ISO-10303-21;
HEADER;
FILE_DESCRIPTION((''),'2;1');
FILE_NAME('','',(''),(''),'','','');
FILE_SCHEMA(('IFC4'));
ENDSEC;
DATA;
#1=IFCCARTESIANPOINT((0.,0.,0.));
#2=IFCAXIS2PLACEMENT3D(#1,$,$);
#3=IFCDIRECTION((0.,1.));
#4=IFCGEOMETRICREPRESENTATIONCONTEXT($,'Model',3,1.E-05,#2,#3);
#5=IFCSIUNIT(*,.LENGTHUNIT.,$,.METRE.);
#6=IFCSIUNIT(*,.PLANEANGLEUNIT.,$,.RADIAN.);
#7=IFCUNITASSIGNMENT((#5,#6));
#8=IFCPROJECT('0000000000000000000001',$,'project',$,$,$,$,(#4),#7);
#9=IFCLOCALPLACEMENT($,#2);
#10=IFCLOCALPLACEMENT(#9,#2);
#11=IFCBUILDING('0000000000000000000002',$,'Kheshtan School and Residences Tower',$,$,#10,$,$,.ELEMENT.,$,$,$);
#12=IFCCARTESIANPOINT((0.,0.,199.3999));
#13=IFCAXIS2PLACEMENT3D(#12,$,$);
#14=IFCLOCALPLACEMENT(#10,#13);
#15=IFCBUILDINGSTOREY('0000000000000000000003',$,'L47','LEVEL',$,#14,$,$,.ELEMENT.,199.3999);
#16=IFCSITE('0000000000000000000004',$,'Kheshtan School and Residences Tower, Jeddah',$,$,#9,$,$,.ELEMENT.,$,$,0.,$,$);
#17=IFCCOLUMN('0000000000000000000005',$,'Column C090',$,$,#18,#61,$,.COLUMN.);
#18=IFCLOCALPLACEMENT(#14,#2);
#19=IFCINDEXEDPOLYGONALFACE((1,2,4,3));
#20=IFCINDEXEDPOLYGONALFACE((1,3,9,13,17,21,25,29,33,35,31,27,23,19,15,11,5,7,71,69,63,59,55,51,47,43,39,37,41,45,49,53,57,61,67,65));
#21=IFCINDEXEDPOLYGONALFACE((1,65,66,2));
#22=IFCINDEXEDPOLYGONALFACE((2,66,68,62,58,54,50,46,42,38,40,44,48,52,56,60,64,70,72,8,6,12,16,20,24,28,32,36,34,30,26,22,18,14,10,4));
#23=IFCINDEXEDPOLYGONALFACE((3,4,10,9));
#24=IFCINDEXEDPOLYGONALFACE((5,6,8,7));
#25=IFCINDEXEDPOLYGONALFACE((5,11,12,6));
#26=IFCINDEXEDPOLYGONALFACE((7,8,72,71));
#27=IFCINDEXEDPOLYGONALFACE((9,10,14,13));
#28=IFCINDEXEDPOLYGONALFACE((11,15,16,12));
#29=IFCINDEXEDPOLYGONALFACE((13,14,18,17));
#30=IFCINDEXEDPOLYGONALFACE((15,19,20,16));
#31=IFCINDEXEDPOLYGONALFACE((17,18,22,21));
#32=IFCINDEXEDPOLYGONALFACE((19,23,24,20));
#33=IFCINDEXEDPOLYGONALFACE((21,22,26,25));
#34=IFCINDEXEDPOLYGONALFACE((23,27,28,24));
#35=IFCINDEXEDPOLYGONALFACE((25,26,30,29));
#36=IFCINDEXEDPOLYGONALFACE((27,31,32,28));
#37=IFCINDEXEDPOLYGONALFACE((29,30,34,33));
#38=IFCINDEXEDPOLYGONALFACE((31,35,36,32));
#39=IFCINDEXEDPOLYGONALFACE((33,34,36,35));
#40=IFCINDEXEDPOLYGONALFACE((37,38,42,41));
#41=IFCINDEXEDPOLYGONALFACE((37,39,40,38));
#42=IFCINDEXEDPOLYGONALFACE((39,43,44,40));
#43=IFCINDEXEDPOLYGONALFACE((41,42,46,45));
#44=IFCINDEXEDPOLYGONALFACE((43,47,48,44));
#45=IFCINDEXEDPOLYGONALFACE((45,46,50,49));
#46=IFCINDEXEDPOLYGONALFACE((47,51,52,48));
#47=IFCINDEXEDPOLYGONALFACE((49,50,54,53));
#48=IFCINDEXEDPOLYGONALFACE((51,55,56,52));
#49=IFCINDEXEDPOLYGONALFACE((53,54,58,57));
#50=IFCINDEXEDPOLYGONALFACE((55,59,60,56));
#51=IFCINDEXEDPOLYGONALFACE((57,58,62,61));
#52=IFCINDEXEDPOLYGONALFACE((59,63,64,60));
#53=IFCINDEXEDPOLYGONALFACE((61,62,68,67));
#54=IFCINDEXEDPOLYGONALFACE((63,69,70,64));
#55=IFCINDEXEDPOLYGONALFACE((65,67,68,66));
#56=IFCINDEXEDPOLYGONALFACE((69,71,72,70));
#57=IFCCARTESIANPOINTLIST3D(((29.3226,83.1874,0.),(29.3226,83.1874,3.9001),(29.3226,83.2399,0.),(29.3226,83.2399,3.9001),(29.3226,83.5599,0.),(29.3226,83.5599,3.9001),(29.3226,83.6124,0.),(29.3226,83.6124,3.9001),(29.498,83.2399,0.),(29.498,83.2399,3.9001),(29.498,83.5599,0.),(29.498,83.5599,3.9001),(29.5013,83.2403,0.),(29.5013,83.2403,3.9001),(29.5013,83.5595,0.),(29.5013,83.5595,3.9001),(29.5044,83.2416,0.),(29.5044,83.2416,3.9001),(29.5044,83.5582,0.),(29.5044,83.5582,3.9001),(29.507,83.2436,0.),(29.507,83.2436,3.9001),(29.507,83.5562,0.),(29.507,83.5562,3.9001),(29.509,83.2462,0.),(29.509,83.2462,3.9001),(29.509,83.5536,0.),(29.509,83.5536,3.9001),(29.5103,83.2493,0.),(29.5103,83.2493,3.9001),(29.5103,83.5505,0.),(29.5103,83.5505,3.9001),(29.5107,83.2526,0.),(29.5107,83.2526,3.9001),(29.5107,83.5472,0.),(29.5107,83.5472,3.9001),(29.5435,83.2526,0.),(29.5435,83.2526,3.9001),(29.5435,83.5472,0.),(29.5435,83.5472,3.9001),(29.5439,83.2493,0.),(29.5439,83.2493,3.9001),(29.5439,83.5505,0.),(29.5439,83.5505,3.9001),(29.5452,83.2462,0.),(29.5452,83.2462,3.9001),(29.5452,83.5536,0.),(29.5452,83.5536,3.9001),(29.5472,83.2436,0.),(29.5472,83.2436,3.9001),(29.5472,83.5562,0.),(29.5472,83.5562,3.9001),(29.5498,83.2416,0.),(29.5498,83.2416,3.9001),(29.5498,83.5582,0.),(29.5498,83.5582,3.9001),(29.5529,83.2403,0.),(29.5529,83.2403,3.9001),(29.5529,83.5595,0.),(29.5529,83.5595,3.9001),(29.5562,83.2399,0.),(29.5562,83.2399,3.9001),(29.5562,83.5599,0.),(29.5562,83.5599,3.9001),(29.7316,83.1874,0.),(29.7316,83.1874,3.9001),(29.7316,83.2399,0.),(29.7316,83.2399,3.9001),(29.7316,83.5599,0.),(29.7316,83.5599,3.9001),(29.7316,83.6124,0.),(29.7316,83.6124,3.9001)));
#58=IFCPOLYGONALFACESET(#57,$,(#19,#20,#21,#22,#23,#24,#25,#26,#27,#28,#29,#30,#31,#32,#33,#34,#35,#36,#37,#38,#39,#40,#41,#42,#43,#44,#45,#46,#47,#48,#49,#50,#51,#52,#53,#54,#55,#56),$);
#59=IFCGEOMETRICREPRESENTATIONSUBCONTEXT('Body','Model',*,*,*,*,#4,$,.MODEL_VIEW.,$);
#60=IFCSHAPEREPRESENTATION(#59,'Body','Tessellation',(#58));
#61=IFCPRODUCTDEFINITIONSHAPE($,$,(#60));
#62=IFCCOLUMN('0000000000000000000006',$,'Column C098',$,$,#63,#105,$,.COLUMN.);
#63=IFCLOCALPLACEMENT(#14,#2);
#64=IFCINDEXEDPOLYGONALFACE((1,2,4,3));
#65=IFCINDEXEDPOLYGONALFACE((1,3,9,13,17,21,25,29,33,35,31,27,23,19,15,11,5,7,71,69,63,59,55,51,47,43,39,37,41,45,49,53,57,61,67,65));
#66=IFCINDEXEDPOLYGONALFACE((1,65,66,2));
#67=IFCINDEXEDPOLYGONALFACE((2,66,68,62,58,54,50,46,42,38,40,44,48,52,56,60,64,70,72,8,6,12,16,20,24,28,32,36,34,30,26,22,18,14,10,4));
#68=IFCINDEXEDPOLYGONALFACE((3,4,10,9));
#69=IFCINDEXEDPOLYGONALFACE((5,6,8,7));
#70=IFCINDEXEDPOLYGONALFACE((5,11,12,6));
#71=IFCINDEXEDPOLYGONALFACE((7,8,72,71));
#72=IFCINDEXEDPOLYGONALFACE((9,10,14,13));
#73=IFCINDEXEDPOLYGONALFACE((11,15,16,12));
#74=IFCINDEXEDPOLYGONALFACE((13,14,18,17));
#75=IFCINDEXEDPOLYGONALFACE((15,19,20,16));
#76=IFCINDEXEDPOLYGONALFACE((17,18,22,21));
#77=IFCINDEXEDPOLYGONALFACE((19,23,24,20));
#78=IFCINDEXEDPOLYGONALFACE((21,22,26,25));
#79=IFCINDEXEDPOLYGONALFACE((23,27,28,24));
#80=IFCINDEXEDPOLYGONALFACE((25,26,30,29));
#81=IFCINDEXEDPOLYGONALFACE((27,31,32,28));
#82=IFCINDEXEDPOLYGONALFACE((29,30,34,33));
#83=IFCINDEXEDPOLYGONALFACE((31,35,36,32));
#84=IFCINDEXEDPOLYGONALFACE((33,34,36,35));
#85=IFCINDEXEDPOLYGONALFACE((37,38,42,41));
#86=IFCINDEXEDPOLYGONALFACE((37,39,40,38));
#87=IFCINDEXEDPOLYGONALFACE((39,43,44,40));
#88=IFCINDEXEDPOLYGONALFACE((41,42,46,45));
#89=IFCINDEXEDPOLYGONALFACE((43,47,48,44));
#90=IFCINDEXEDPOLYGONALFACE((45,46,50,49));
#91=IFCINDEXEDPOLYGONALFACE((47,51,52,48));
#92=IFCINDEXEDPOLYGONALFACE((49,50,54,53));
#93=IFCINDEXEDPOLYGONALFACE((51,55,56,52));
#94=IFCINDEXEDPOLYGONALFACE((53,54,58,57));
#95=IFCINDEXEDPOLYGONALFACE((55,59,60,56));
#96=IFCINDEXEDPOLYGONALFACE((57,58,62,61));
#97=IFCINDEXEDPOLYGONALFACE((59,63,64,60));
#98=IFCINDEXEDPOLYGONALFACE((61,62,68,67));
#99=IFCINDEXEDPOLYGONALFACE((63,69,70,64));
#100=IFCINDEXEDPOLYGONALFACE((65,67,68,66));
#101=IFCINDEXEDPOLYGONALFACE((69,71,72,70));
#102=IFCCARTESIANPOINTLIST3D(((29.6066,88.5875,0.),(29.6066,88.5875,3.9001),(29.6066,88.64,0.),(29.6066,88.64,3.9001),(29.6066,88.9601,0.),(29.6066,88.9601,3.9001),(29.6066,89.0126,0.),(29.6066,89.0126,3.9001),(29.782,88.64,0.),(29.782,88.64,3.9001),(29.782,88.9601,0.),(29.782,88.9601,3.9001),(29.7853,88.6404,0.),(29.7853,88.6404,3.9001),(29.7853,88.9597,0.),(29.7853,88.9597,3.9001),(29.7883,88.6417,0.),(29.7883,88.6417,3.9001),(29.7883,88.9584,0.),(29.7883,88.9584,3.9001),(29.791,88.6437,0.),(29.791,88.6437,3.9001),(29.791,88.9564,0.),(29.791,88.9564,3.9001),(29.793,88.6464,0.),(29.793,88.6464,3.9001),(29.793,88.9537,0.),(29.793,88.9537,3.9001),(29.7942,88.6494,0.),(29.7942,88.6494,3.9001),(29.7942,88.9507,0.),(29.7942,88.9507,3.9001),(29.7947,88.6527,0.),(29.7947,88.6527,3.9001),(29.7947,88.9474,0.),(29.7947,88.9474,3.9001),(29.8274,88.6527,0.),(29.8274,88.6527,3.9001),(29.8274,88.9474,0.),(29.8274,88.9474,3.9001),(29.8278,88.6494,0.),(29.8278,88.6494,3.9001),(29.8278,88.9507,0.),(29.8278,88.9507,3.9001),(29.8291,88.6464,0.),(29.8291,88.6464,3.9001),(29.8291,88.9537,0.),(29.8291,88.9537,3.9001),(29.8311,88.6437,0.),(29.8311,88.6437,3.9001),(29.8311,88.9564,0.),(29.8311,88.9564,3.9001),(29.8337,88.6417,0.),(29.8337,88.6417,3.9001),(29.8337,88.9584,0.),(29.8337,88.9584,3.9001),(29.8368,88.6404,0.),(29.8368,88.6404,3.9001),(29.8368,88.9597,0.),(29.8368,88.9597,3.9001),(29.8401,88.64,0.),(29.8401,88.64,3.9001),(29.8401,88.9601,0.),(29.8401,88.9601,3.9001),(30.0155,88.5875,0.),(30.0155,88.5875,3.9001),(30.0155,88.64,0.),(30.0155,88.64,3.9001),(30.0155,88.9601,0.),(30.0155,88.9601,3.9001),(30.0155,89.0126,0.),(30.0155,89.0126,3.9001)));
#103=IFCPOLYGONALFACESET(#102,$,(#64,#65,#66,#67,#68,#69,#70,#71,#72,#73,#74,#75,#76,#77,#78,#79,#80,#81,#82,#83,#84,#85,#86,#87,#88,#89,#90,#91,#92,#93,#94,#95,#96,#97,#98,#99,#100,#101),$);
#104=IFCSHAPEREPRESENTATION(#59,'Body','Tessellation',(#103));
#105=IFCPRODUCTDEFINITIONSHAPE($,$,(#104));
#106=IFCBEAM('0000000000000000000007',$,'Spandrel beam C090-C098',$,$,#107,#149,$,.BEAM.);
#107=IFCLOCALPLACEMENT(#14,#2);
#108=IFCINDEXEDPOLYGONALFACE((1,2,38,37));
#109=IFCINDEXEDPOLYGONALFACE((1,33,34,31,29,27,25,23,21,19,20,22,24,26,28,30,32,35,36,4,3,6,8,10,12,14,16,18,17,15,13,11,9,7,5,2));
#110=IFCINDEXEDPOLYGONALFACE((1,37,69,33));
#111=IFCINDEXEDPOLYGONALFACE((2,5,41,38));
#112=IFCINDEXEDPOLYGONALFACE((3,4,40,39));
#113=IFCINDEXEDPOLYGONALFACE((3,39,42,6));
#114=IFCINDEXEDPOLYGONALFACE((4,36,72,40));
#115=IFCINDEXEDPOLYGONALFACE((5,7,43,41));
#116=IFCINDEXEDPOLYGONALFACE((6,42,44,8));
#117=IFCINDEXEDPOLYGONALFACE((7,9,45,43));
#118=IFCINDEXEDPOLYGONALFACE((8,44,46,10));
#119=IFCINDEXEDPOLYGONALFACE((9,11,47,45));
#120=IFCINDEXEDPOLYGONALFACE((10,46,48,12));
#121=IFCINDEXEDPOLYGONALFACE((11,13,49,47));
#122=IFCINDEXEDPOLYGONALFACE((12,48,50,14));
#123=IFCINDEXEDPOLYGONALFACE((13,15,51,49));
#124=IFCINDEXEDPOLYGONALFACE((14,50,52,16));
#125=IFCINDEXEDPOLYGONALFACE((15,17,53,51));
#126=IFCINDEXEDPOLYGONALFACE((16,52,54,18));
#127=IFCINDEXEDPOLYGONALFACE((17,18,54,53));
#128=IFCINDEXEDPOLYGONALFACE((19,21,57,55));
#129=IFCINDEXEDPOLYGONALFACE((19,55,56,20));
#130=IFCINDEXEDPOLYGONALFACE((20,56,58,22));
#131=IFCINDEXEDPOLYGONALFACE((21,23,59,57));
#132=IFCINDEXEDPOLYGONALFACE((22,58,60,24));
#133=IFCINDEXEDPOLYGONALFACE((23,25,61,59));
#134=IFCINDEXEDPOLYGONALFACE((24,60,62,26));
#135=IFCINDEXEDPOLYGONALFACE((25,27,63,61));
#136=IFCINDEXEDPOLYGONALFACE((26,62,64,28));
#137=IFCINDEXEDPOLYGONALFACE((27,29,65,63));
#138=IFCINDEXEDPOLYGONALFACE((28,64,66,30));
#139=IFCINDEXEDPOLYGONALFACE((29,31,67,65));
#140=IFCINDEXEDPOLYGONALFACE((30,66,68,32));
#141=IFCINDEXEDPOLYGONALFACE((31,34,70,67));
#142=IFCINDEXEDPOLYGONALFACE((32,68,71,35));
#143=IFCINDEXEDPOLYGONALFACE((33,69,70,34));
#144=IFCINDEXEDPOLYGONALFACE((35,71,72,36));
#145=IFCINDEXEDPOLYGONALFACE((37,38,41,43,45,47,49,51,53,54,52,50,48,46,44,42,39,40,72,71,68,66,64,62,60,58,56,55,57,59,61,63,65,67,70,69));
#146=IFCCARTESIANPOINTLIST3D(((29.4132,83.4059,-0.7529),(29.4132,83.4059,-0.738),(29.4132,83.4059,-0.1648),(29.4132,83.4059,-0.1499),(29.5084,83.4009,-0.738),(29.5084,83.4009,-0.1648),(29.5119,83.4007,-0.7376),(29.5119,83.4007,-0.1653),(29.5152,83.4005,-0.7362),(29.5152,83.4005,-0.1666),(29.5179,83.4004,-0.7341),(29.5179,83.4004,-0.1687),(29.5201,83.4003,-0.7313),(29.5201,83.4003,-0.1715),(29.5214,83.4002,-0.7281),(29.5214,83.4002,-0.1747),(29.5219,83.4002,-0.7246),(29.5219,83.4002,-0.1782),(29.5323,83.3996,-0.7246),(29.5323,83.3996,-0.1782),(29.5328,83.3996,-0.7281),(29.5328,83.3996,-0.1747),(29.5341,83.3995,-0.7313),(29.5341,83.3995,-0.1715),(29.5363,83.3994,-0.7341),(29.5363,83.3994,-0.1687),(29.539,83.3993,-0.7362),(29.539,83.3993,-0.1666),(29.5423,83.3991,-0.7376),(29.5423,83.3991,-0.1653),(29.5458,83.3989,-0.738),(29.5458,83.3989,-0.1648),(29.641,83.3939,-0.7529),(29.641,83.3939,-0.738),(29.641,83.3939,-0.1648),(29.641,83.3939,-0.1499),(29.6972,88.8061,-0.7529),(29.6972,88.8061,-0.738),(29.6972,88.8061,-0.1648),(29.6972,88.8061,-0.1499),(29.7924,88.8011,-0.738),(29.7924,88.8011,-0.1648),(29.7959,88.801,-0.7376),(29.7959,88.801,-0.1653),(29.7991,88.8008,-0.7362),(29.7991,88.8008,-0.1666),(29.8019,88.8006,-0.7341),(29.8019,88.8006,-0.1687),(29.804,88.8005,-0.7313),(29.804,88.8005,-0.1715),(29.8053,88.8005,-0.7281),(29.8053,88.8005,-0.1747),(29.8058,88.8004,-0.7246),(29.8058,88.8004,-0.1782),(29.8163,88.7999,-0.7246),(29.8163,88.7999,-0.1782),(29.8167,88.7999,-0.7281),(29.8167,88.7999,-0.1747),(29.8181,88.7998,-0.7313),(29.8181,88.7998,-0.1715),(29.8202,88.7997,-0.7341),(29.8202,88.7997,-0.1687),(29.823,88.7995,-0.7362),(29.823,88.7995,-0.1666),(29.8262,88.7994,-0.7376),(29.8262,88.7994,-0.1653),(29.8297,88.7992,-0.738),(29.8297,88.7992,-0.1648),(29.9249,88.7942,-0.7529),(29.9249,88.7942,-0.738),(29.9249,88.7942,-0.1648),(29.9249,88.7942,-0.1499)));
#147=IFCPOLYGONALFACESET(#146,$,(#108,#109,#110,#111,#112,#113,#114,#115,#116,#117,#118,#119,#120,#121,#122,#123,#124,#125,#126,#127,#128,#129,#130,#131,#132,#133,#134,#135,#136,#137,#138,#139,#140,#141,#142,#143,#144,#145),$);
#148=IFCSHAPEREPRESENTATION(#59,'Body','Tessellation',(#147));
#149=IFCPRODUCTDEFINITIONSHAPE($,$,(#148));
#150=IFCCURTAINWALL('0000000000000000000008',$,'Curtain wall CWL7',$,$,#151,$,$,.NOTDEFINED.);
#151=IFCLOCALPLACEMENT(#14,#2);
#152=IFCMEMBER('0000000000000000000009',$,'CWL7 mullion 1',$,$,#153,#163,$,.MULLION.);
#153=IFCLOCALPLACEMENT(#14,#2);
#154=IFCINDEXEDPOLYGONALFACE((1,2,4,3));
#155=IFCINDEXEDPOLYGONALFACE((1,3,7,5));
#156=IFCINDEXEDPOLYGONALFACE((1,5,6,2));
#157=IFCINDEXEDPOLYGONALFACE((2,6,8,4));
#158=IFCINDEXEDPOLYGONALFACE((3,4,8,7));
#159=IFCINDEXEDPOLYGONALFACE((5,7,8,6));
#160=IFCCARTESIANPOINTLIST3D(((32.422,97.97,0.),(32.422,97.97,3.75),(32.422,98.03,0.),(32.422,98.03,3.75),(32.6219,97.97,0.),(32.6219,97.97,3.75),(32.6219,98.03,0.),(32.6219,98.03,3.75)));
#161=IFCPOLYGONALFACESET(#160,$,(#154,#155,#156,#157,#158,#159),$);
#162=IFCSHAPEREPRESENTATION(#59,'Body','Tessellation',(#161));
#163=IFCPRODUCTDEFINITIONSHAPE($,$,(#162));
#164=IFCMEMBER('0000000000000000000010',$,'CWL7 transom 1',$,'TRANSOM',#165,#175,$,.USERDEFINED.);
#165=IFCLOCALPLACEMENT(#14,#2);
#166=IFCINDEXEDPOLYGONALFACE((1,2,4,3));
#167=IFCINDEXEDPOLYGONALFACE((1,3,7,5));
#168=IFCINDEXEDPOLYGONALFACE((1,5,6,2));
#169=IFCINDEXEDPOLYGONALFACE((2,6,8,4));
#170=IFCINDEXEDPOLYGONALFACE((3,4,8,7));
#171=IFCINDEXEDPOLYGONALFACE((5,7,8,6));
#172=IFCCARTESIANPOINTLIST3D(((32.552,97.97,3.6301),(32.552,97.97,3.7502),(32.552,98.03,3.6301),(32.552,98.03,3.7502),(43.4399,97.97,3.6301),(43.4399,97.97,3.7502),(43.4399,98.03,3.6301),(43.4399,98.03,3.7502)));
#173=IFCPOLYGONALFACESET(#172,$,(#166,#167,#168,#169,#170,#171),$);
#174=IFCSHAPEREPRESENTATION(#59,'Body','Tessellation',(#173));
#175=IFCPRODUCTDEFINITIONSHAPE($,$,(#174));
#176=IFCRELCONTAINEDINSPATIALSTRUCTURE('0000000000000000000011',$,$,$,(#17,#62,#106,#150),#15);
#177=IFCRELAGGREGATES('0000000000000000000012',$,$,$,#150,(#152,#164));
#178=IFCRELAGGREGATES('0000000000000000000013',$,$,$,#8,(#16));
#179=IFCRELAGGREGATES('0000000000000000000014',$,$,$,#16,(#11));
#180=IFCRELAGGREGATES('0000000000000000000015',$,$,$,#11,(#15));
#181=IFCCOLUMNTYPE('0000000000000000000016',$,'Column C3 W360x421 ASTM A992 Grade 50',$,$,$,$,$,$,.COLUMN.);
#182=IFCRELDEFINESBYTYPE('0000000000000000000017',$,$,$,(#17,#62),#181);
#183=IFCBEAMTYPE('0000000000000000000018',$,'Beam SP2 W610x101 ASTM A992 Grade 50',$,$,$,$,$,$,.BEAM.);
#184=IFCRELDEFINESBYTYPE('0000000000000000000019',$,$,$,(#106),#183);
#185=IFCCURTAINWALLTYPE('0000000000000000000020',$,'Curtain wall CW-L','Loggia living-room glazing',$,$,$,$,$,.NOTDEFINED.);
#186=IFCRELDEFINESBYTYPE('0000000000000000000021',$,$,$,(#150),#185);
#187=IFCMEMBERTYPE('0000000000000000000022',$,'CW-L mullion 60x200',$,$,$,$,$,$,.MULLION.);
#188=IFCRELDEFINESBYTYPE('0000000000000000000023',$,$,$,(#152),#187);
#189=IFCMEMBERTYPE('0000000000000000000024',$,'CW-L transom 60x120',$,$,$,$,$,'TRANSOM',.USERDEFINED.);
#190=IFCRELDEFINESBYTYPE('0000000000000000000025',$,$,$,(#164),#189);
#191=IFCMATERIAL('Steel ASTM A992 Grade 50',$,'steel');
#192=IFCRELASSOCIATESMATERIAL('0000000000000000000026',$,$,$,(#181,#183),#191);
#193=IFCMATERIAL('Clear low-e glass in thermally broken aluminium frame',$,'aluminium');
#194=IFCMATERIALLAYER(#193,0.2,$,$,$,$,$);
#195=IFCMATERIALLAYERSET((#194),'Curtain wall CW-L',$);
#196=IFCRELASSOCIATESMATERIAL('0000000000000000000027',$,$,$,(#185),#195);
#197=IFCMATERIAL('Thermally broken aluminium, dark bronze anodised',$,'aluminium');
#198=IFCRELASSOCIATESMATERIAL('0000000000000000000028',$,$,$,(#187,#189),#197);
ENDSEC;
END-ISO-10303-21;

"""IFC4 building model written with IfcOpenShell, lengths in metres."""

from ifc_helpers import new_model, si_unit, direction, frame, origin, origin_2d, place, context, subcontext, project, spatial, rectangle, i_section, extrude, material, layer, layer_set, material_profile, profile_set, type_object, element, aggregate, save


model = new_model("IFC4")

# Units and contexts
model_context = context("Model", 3, precision=1e-05, world=origin(), true_north=direction((0.0, 1.0)))
body_context = subcontext(model_context, "Body", "Model", "MODEL_VIEW")
ifc_project = project(units=[si_unit("LENGTHUNIT", "METRE"), si_unit("PLANEANGLEUNIT", "RADIAN")], contexts=[model_context])

# Site, building, storey
site_placement = place(None, origin())
site = spatial("IfcSite", under=ifc_project, at=site_placement, Name="Kheshtan School and Residences Tower, Jeddah", CompositionType="ELEMENT", RefElevation=0.0)
building_placement = place(site_placement, origin())
building = spatial("IfcBuilding", under=site, at=building_placement, Name="Kheshtan School and Residences Tower", CompositionType="ELEMENT")
storey_placement = place(building_placement, frame((0.0, 0.0, 199.3999)))
storey = spatial("IfcBuildingStorey", under=building, at=storey_placement, Name="L47", Description="LEVEL", CompositionType="ELEMENT", Elevation=199.3999)

# Columns
ifc_material_1 = material(Name="Steel ASTM A992 Grade 50", Category="steel")
ifc_material_profile_1 = material_profile(ifc_material_1, i_section(OverallWidth=0.4089, OverallDepth=0.425, WebThickness=0.0327, FlangeThickness=0.0525, FilletRadius=0.0127, at=origin_2d()), Name="W360x421")
ifc_profile_set_1 = profile_set([ifc_material_profile_1], Name="Steel ASTM A992 Grade 50")
column_type = type_object("IfcColumnType", Name="Column C3 W360x421 ASTM A992 Grade 50", PredefinedType="COLUMN", material=ifc_profile_set_1)
for number, where, z_axis, x_axis, name in (
    (1, (29.5271, 83.3999, 0.0), (0.0, 0.0, 1.0), (1.0, 0.0, 0.0), "Column C090"),
    (2, (29.811, 88.8, 0.0), (0.0, 0.0, 1.0), (1.0, 0.0, 0.0), "Column C098"),
):
    element("IfcColumn", number, at=place(storey_placement, frame(where, z_axis=z_axis, x_axis=x_axis)), inside=storey, type_object=column_type, Name=name, PredefinedType="COLUMN", context=body_context, shape_type="SweptSolid", body=[
        extrude(i_section(OverallWidth=0.4089, OverallDepth=0.425, WebThickness=0.0327, FlangeThickness=0.0525, FilletRadius=0.0127, at=origin_2d()), origin(), (0.0, 0.0, 1.0), 3.9001),
    ])

# Beam
ifc_material_profile_2 = material_profile(ifc_material_1, i_section(OverallWidth=0.228, OverallDepth=0.603, WebThickness=0.0105, FlangeThickness=0.0149, FilletRadius=0.0134, at=origin_2d()), Name="W610x101")
ifc_profile_set_2 = profile_set([ifc_material_profile_2], Name="Steel ASTM A992 Grade 50")
beam_type_1 = type_object("IfcBeamType", Name="Beam SP2 W610x101 ASTM A992 Grade 50", PredefinedType="BEAM", material=ifc_profile_set_2)
beam_1_placement = place(storey_placement, frame((29.5271, 83.3999, -0.4514), z_axis=(0.052507, 0.998621, 0.0), x_axis=(-0.998621, 0.052507, 0.0)))
element("IfcBeam", 3, at=beam_1_placement, inside=storey, type_object=beam_type_1, Name="Spandrel beam C090-C098", PredefinedType="BEAM", context=body_context, shape_type="SweptSolid", body=[
    extrude(i_section(OverallWidth=0.228, OverallDepth=0.603, WebThickness=0.0105, FlangeThickness=0.0149, FilletRadius=0.0134, at=origin_2d()), origin(), (0.0, 0.0, 1.0), 5.4077),
])

# Curtain wall, members
ifc_material_2 = material(Name="Clear low-e glass in thermally broken aluminium frame", Category="aluminium")
ifc_layer_1 = layer(ifc_material_2, 0.2)
ifc_layer_set_1 = layer_set([ifc_layer_1], Name="Curtain wall CW-L")
curtain_wall_type = type_object("IfcCurtainWallType", Name="Curtain wall CW-L", Description="Loggia living-room glazing", PredefinedType="NOTDEFINED", material=ifc_layer_set_1)
curtain_wall_placement = place(storey_placement, origin())
curtain_wall = element("IfcCurtainWall", 4, at=curtain_wall_placement, inside=storey, type_object=curtain_wall_type, Name="Curtain wall CWL7", PredefinedType="NOTDEFINED")
ifc_material_3 = material(Name="Thermally broken aluminium, dark bronze anodised", Category="aluminium")
ifc_material_profile_3 = material_profile(ifc_material_3, rectangle(XDim=0.0601, YDim=0.2, at=origin_2d()), Name="CW-L mullion 60x200")
ifc_profile_set_3 = profile_set([ifc_material_profile_3], Name="Thermally broken aluminium, dark bronze anodised")
member_type_1 = type_object("IfcMemberType", Name="CW-L mullion 60x200", PredefinedType="MULLION", material=ifc_profile_set_3)
member_1_placement = place(storey_placement, frame((32.522, 98.0, 0.0), z_axis=(0.0, 0.0, 1.0), x_axis=(0.0, 1.0, 0.0)))
member_1 = element("IfcMember", 5, at=member_1_placement, type_object=member_type_1, Name="CWL7 mullion 1", PredefinedType="MULLION", context=body_context, shape_type="SweptSolid", body=[
    extrude(rectangle(XDim=0.0601, YDim=0.2, at=origin_2d()), origin(), (0.0, 0.0, 1.0), 3.75),
])
ifc_material_profile_4 = material_profile(ifc_material_3, rectangle(XDim=0.0601, YDim=0.1201, at=origin_2d()), Name="CW-L transom 60x120")
ifc_profile_set_4 = profile_set([ifc_material_profile_4], Name="Thermally broken aluminium, dark bronze anodised")
member_type_2 = type_object("IfcMemberType", Name="CW-L transom 60x120", ElementType="TRANSOM", PredefinedType="USERDEFINED", material=ifc_profile_set_4)
member_2_placement = place(storey_placement, frame((32.552, 98.0, 3.6902), z_axis=(1.0, 0.0, 0.0), x_axis=(0.0, 1.0, 0.0)))
member_2 = element("IfcMember", 6, at=member_2_placement, type_object=member_type_2, Name="CWL7 transom 1", ObjectType="TRANSOM", PredefinedType="USERDEFINED", context=body_context, shape_type="SweptSolid", body=[
    extrude(rectangle(XDim=0.0601, YDim=0.1201, at=origin_2d()), origin(), (0.0, 0.0, 1.0), 10.8879),
])

aggregate(curtain_wall, [member_1, member_2])

save(model, "model.ifc")
